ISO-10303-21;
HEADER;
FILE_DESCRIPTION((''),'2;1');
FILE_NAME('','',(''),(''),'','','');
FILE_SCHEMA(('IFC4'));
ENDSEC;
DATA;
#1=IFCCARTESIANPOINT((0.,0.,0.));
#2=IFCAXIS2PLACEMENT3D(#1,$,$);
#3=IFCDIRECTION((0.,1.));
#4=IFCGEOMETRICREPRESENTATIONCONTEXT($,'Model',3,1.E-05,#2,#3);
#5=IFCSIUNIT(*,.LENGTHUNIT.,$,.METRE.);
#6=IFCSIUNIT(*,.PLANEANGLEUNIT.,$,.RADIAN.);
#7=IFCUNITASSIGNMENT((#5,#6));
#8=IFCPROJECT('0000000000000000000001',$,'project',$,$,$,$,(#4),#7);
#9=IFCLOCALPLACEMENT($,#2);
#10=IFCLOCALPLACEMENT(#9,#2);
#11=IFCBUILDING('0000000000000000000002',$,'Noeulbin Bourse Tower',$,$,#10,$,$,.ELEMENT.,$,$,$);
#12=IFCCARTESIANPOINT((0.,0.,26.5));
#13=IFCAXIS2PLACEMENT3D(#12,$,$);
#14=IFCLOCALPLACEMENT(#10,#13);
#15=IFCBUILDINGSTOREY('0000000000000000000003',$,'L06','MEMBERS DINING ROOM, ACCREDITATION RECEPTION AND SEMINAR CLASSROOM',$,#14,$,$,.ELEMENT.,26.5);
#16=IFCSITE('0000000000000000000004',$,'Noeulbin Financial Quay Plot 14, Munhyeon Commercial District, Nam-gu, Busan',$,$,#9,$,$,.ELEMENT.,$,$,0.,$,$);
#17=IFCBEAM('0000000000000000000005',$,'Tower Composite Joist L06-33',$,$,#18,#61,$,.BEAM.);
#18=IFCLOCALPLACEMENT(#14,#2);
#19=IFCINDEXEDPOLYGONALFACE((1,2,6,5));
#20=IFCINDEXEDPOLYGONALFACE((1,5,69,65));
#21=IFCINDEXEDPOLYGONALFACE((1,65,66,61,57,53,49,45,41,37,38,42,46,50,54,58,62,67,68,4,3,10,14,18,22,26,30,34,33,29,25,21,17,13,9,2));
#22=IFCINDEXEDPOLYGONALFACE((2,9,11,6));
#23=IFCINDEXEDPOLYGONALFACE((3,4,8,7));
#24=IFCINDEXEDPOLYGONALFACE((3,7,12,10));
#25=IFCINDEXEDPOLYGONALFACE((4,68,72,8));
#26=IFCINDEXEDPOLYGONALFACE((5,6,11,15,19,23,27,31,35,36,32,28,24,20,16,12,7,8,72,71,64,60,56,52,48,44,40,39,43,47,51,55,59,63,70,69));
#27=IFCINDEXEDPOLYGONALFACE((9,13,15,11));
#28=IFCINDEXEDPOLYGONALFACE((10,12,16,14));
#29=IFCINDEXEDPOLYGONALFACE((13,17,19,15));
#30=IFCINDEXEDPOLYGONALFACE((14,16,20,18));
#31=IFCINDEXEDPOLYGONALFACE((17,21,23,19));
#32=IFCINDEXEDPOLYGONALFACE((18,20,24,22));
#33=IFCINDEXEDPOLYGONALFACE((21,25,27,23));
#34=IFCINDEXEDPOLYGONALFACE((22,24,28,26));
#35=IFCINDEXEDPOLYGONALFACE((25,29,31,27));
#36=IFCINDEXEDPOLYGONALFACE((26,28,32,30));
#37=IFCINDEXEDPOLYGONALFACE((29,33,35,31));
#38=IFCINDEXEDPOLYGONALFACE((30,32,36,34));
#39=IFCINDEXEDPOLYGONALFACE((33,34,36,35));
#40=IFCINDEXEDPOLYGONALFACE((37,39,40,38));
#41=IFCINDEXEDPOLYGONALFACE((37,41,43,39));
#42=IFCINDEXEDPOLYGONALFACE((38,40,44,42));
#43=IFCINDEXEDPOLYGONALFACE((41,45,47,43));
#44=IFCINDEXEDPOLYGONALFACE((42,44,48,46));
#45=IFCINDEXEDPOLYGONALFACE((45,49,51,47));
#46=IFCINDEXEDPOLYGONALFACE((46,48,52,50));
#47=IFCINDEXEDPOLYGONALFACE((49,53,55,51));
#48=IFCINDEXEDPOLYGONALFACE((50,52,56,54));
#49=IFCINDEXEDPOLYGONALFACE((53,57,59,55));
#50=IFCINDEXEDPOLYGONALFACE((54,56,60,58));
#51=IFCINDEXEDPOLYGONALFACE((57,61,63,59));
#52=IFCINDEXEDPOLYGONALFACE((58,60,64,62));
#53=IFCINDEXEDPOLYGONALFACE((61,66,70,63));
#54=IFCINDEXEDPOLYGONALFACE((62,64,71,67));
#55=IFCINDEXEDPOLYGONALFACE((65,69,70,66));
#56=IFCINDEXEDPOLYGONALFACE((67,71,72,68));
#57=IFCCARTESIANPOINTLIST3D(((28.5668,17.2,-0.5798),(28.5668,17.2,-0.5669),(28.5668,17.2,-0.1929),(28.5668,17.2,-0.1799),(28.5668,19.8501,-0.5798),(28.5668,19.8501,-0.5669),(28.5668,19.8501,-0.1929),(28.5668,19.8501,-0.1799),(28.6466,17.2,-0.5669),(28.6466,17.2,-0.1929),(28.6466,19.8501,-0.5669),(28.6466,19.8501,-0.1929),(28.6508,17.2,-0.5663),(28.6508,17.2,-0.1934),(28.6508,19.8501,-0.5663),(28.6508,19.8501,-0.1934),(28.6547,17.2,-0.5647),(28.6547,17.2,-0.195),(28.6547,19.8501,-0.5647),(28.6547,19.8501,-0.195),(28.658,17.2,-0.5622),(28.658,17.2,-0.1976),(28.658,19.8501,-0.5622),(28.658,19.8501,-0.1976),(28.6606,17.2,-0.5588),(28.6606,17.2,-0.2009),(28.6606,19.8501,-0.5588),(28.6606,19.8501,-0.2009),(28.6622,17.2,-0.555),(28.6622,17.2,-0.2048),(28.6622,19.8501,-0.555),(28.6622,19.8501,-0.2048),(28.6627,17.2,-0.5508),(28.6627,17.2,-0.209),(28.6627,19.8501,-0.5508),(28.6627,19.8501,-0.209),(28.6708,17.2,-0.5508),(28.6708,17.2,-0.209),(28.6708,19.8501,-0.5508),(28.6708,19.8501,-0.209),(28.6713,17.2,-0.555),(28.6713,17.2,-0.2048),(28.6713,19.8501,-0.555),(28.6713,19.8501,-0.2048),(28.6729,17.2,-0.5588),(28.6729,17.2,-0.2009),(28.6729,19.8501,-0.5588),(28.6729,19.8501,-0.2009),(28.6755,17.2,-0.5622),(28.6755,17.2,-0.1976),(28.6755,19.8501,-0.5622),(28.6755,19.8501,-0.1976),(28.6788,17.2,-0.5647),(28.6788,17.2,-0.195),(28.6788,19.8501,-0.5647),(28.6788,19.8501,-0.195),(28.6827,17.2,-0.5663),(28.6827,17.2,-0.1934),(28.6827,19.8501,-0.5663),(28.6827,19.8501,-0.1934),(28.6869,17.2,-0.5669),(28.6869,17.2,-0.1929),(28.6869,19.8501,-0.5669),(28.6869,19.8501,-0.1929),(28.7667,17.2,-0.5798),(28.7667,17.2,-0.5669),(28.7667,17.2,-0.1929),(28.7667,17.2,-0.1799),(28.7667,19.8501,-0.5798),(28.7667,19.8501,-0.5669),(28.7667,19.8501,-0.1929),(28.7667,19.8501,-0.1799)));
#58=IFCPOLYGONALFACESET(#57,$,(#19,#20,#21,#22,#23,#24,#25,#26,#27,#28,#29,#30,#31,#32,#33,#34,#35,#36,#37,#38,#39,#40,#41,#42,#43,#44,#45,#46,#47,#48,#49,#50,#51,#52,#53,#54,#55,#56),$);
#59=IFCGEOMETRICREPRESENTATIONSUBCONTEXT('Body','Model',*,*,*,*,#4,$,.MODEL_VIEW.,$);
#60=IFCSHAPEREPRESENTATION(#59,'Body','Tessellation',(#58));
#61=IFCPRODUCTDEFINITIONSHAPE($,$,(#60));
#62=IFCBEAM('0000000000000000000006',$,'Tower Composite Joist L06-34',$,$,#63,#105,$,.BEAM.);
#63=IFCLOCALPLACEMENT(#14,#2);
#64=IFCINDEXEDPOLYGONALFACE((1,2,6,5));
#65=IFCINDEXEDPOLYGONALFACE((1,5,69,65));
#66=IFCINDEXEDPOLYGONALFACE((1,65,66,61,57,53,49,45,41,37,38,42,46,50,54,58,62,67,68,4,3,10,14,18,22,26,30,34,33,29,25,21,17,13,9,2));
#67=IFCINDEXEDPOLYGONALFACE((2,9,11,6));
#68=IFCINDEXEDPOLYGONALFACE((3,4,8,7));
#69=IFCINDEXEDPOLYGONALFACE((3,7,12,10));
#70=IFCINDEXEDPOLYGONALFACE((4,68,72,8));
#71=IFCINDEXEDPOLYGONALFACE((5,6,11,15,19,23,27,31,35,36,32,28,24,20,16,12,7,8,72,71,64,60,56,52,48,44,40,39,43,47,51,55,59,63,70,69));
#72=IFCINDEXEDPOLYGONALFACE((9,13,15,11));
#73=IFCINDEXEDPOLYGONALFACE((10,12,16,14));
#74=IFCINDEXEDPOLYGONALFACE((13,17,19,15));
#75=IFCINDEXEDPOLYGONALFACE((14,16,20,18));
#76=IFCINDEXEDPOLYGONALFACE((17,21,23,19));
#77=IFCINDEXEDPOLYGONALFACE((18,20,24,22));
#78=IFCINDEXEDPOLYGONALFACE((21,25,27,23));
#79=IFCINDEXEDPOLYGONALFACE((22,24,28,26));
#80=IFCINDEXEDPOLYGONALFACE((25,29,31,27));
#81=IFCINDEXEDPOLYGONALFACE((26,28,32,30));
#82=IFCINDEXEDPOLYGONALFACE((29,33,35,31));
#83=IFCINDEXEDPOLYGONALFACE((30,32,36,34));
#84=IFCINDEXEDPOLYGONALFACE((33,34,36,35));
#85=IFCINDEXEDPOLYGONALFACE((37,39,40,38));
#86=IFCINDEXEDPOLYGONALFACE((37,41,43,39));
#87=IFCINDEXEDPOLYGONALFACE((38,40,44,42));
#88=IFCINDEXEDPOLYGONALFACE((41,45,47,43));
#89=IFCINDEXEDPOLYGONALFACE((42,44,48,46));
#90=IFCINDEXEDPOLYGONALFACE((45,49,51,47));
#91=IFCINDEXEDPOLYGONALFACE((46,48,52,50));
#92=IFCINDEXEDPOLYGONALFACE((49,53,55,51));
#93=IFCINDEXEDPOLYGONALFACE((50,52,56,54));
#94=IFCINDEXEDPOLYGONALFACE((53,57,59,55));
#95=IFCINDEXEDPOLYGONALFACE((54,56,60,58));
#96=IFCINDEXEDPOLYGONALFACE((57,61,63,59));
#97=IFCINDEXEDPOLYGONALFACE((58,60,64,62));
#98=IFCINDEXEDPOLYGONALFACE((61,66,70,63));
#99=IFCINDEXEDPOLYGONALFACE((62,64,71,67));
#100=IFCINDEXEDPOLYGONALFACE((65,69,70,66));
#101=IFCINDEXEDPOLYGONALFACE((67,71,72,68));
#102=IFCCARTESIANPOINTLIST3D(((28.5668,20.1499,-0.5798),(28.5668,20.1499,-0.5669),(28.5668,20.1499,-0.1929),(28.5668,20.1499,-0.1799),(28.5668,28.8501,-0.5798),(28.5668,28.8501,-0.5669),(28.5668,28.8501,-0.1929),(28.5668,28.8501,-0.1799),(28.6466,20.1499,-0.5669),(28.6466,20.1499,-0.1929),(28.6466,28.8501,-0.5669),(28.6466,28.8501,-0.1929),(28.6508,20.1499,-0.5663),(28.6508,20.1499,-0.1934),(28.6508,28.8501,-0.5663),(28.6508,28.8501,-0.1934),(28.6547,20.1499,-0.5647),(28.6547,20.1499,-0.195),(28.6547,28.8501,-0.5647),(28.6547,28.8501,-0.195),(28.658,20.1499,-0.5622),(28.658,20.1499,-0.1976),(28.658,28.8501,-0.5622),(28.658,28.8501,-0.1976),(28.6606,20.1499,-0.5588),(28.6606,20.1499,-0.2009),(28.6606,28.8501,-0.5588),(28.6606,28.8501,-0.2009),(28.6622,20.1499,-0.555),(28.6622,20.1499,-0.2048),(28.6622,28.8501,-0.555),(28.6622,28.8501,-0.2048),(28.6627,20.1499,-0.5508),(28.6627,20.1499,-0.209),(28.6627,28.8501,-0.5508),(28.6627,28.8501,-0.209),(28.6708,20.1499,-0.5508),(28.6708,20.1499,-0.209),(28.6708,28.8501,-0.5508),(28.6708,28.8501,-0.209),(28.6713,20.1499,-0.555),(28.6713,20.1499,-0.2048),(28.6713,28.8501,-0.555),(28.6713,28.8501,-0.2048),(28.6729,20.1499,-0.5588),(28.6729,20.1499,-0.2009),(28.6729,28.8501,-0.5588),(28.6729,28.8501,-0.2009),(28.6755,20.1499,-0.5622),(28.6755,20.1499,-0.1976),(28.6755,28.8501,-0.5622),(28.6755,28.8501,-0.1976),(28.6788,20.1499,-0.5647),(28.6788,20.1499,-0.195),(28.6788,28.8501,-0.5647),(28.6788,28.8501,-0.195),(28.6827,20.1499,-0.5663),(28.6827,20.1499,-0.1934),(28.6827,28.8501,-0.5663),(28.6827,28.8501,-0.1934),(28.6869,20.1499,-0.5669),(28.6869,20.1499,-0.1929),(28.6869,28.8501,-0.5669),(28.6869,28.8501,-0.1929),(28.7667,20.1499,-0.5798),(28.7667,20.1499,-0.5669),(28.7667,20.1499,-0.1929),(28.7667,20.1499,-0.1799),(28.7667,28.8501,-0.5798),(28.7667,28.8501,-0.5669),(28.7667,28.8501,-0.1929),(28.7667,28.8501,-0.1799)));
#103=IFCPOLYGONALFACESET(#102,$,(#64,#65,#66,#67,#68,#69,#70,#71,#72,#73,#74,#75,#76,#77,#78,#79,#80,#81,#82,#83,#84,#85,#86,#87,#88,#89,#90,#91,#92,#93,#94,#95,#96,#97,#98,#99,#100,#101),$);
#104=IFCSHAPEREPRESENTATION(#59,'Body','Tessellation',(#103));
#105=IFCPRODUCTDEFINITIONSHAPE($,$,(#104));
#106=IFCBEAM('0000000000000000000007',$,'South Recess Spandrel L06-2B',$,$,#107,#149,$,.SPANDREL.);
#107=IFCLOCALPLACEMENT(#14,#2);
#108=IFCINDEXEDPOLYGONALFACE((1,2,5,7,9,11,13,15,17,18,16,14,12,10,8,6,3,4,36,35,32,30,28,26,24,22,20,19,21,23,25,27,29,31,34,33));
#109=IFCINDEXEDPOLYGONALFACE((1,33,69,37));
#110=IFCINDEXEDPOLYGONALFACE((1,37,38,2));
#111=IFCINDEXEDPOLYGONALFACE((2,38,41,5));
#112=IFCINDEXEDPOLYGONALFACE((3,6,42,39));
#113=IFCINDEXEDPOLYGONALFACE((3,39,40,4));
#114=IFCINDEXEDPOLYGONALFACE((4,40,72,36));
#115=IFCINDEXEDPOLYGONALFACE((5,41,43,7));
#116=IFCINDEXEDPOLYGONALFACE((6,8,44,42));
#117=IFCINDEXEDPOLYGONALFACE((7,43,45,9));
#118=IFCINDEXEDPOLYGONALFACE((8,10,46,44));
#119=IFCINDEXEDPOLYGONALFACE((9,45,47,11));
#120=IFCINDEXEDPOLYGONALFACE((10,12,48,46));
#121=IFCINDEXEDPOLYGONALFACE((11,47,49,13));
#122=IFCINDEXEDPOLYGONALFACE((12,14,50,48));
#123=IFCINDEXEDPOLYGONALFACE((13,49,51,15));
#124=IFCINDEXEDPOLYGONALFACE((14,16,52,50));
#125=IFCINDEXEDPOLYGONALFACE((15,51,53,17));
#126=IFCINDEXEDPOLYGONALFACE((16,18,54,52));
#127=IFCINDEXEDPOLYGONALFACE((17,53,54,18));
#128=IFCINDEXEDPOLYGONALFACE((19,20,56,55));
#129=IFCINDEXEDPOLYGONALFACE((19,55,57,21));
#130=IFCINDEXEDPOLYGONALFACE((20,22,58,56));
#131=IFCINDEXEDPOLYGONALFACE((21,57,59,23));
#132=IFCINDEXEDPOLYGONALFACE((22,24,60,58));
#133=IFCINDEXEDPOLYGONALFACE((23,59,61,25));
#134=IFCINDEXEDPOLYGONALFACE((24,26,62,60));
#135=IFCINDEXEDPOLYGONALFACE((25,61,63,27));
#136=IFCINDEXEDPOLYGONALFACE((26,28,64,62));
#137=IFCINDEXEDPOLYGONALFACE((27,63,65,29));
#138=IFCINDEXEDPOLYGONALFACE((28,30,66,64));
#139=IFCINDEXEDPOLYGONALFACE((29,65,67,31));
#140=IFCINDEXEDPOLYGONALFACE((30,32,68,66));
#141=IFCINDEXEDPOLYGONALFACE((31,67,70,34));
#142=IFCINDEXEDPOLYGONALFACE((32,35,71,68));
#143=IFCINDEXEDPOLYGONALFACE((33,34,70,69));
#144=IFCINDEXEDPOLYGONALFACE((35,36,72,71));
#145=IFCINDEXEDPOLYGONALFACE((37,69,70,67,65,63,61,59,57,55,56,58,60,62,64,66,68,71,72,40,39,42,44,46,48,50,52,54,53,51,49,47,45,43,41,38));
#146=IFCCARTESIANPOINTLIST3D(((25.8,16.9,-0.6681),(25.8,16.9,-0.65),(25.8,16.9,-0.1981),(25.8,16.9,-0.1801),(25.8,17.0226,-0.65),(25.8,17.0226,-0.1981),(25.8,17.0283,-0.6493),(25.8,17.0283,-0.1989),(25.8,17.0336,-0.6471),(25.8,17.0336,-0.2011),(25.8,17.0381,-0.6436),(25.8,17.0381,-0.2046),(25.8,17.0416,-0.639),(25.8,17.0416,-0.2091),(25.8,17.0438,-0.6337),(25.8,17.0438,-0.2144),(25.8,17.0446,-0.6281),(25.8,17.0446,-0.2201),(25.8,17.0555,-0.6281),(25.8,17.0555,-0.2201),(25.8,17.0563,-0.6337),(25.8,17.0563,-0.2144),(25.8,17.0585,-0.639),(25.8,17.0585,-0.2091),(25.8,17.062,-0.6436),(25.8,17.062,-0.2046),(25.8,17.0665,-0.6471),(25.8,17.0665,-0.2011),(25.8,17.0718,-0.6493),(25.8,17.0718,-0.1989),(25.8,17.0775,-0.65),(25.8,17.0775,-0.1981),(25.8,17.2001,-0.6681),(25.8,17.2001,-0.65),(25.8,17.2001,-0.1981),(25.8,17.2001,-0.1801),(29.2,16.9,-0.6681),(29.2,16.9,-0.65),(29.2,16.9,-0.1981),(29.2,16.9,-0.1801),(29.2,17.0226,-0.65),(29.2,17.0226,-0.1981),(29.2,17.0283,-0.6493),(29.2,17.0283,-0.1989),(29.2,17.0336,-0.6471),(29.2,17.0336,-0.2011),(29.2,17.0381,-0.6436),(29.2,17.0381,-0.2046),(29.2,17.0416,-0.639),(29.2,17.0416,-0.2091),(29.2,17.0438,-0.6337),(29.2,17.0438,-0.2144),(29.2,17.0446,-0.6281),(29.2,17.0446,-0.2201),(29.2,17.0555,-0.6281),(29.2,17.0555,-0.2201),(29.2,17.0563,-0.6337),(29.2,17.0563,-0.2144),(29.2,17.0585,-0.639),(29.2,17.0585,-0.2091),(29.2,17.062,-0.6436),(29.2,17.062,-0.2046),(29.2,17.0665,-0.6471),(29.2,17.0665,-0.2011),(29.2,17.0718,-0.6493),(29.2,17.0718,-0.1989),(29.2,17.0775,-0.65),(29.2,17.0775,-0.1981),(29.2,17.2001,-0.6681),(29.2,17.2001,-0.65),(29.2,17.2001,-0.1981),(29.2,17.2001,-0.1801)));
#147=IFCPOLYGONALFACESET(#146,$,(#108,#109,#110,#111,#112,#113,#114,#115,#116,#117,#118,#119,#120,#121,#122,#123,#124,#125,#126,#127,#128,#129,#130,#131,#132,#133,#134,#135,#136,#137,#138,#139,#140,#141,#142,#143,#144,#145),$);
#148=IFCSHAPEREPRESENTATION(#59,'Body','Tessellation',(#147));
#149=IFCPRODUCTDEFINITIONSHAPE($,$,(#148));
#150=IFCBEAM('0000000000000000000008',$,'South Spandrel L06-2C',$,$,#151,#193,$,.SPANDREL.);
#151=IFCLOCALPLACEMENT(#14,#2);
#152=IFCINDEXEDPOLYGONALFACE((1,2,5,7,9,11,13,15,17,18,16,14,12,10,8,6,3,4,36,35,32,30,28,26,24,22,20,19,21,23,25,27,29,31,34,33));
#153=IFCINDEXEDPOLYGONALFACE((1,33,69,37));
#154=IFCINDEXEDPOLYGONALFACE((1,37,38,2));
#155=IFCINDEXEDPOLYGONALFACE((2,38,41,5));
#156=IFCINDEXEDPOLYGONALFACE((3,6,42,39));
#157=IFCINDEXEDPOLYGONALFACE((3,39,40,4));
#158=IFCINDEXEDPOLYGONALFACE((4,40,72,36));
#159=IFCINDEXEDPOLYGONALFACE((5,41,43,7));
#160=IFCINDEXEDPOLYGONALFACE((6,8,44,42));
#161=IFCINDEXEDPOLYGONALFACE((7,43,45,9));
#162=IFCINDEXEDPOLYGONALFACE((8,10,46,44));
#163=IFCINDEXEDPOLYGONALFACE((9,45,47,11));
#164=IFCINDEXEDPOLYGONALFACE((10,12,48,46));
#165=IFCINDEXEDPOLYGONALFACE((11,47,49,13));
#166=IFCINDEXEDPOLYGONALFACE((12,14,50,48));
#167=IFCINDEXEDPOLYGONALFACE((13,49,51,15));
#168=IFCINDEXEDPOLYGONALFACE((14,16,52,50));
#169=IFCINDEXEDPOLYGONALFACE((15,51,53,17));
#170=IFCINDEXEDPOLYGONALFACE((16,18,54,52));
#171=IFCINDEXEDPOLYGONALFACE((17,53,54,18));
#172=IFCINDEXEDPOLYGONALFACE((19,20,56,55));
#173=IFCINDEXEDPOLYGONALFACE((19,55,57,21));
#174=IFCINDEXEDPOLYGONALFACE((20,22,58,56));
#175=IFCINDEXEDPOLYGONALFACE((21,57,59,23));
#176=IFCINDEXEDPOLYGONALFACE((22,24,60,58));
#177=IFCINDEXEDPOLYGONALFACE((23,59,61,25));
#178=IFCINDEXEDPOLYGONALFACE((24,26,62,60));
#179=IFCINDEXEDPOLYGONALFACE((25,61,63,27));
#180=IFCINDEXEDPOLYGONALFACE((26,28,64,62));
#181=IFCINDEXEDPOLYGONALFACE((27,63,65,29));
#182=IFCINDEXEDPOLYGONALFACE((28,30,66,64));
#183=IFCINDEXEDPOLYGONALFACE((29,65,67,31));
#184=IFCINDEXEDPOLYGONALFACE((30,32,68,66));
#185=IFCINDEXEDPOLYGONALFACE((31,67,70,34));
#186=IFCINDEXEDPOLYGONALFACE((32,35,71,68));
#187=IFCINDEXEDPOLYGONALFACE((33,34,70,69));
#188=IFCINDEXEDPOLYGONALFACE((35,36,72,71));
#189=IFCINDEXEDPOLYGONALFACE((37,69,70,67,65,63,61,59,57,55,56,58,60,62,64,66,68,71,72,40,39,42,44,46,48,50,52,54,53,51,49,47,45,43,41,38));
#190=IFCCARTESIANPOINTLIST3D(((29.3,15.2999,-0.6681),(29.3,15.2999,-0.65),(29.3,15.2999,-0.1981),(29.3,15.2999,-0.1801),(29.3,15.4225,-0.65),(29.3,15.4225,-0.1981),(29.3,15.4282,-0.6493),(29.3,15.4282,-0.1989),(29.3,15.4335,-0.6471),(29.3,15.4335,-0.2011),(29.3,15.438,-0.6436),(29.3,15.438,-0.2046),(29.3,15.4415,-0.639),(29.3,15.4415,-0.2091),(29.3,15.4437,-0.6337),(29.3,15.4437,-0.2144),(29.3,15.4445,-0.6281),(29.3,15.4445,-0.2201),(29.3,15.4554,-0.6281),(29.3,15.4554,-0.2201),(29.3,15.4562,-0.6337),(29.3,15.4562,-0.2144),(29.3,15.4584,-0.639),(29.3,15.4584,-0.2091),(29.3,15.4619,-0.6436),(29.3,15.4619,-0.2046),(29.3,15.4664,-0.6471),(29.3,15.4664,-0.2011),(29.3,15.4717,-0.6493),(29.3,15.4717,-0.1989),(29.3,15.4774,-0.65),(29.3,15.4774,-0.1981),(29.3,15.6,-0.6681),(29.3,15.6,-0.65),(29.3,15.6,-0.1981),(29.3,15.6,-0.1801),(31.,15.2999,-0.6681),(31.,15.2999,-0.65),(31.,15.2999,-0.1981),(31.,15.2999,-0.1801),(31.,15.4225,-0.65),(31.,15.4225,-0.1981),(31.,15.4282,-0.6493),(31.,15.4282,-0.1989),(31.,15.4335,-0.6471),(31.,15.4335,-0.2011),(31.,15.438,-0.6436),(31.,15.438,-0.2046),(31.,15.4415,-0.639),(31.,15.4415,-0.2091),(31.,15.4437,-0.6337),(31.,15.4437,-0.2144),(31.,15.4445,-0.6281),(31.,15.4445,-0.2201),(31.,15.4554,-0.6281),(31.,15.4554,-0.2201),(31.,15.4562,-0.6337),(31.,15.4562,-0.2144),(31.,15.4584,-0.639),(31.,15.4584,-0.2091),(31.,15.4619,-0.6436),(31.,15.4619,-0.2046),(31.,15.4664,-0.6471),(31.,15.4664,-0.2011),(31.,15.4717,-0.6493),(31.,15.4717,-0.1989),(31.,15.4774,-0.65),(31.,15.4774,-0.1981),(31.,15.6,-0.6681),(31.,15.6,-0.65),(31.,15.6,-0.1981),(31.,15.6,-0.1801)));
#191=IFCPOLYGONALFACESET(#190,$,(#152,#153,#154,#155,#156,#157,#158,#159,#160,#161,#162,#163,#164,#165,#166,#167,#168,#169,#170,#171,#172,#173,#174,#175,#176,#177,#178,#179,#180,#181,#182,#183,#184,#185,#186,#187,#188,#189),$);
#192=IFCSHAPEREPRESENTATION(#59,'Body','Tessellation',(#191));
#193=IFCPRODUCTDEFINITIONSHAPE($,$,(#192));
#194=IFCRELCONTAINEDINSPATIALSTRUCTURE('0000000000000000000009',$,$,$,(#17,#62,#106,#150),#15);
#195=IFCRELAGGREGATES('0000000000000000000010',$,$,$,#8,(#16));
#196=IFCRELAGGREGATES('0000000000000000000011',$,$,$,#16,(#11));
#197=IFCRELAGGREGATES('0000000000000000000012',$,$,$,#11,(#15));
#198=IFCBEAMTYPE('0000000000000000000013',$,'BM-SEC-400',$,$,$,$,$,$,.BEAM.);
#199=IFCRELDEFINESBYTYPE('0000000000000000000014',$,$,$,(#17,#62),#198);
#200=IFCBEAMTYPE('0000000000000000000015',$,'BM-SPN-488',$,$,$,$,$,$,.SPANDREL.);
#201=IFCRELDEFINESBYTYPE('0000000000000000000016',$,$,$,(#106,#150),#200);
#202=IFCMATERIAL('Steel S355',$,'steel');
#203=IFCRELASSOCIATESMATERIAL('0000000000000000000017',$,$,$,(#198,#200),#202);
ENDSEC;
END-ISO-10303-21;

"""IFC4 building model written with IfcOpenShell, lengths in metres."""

from ifc_helpers import new_model, si_unit, direction, frame, origin, origin_2d, place, context, subcontext, project, spatial, i_section, extrude, material, material_profile, profile_set, type_object, element, save


model = new_model("IFC4")

# Units and contexts
model_context = context("Model", 3, precision=1e-05, world=origin(), true_north=direction((0.0, 1.0)))
body_context = subcontext(model_context, "Body", "Model", "MODEL_VIEW")
ifc_project = project(units=[si_unit("LENGTHUNIT", "METRE"), si_unit("PLANEANGLEUNIT", "RADIAN")], contexts=[model_context])

# Site, building, storey
site_placement = place(None, origin())
site = spatial("IfcSite", under=ifc_project, at=site_placement, Name="Noeulbin Financial Quay Plot 14, Munhyeon Commercial District, Nam-gu, Busan", CompositionType="ELEMENT", RefElevation=0.0)
building_placement = place(site_placement, origin())
building = spatial("IfcBuilding", under=site, at=building_placement, Name="Noeulbin Bourse Tower", CompositionType="ELEMENT")
storey_placement = place(building_placement, frame((0.0, 0.0, 26.5)))
storey = spatial("IfcBuildingStorey", under=building, at=storey_placement, Name="L06", Description="MEMBERS DINING ROOM, ACCREDITATION RECEPTION AND SEMINAR CLASSROOM", CompositionType="ELEMENT", Elevation=26.5)

# Beams
ifc_material_1 = material(Name="Steel S355", Category="steel")
ifc_material_profile_1 = material_profile(ifc_material_1, i_section(OverallWidth=0.2, OverallDepth=0.3999, WebThickness=0.0081, FlangeThickness=0.0129, FilletRadius=0.0161, at=origin_2d()), Name="H-400x200x8x13", Category="LoadBearing")
ifc_profile_set_1 = profile_set([ifc_material_profile_1], Name="Steel S355")
beam_type_1 = type_object("IfcBeamType", Name="BM-SEC-400", PredefinedType="BEAM", material=ifc_profile_set_1)
beam_1_placement = place(storey_placement, frame((28.6667, 17.2, -0.3799), z_axis=(0.0, 1.0, 0.0), x_axis=(-1.0, 0.0, 0.0)))
element("IfcBeam", 1, at=beam_1_placement, inside=storey, type_object=beam_type_1, Name="Tower Composite Joist L06-33", PredefinedType="BEAM", context=body_context, shape_type="SweptSolid", body=[
    extrude(i_section(OverallWidth=0.2, OverallDepth=0.3999, WebThickness=0.0081, FlangeThickness=0.0129, FilletRadius=0.0161, at=origin_2d()), origin(), (0.0, 0.0, 1.0), 2.6501),
])
beam_2_placement = place(storey_placement, frame((28.6667, 20.1499, -0.3799), z_axis=(0.0, 1.0, 0.0), x_axis=(-1.0, 0.0, 0.0)))
element("IfcBeam", 2, at=beam_2_placement, inside=storey, type_object=beam_type_1, Name="Tower Composite Joist L06-34", PredefinedType="BEAM", context=body_context, shape_type="SweptSolid", body=[
    extrude(i_section(OverallWidth=0.2, OverallDepth=0.3999, WebThickness=0.0081, FlangeThickness=0.0129, FilletRadius=0.0161, at=origin_2d()), origin(), (0.0, 0.0, 1.0), 8.7002),
])
ifc_material_profile_2 = material_profile(ifc_material_1, i_section(OverallWidth=0.3, OverallDepth=0.488, WebThickness=0.011, FlangeThickness=0.0181, FilletRadius=0.022, at=origin_2d()), Name="H-488x300x11x18", Category="LoadBearing")
ifc_profile_set_2 = profile_set([ifc_material_profile_2], Name="Steel S355")
beam_type_2 = type_object("IfcBeamType", Name="BM-SPN-488", PredefinedType="SPANDREL", material=ifc_profile_set_2)
beam_3_placement = place(storey_placement, frame((25.8, 17.05, -0.4241), z_axis=(1.0, 0.0, 0.0), x_axis=(0.0, 1.0, 0.0)))
element("IfcBeam", 3, at=beam_3_placement, inside=storey, type_object=beam_type_2, Name="South Recess Spandrel L06-2B", PredefinedType="SPANDREL", context=body_context, shape_type="SweptSolid", body=[
    extrude(i_section(OverallWidth=0.3, OverallDepth=0.488, WebThickness=0.011, FlangeThickness=0.0181, FilletRadius=0.022, at=origin_2d()), origin(), (0.0, 0.0, 1.0), 3.3999),
])
beam_4_placement = place(storey_placement, frame((29.3, 15.45, -0.4241), z_axis=(1.0, 0.0, 0.0), x_axis=(0.0, 1.0, 0.0)))
element("IfcBeam", 4, at=beam_4_placement, inside=storey, type_object=beam_type_2, Name="South Spandrel L06-2C", PredefinedType="SPANDREL", context=body_context, shape_type="SweptSolid", body=[
    extrude(i_section(OverallWidth=0.3, OverallDepth=0.488, WebThickness=0.011, FlangeThickness=0.0181, FilletRadius=0.022, at=origin_2d()), origin(), (0.0, 0.0, 1.0), 1.7),
])

save(model, "model.ifc")
